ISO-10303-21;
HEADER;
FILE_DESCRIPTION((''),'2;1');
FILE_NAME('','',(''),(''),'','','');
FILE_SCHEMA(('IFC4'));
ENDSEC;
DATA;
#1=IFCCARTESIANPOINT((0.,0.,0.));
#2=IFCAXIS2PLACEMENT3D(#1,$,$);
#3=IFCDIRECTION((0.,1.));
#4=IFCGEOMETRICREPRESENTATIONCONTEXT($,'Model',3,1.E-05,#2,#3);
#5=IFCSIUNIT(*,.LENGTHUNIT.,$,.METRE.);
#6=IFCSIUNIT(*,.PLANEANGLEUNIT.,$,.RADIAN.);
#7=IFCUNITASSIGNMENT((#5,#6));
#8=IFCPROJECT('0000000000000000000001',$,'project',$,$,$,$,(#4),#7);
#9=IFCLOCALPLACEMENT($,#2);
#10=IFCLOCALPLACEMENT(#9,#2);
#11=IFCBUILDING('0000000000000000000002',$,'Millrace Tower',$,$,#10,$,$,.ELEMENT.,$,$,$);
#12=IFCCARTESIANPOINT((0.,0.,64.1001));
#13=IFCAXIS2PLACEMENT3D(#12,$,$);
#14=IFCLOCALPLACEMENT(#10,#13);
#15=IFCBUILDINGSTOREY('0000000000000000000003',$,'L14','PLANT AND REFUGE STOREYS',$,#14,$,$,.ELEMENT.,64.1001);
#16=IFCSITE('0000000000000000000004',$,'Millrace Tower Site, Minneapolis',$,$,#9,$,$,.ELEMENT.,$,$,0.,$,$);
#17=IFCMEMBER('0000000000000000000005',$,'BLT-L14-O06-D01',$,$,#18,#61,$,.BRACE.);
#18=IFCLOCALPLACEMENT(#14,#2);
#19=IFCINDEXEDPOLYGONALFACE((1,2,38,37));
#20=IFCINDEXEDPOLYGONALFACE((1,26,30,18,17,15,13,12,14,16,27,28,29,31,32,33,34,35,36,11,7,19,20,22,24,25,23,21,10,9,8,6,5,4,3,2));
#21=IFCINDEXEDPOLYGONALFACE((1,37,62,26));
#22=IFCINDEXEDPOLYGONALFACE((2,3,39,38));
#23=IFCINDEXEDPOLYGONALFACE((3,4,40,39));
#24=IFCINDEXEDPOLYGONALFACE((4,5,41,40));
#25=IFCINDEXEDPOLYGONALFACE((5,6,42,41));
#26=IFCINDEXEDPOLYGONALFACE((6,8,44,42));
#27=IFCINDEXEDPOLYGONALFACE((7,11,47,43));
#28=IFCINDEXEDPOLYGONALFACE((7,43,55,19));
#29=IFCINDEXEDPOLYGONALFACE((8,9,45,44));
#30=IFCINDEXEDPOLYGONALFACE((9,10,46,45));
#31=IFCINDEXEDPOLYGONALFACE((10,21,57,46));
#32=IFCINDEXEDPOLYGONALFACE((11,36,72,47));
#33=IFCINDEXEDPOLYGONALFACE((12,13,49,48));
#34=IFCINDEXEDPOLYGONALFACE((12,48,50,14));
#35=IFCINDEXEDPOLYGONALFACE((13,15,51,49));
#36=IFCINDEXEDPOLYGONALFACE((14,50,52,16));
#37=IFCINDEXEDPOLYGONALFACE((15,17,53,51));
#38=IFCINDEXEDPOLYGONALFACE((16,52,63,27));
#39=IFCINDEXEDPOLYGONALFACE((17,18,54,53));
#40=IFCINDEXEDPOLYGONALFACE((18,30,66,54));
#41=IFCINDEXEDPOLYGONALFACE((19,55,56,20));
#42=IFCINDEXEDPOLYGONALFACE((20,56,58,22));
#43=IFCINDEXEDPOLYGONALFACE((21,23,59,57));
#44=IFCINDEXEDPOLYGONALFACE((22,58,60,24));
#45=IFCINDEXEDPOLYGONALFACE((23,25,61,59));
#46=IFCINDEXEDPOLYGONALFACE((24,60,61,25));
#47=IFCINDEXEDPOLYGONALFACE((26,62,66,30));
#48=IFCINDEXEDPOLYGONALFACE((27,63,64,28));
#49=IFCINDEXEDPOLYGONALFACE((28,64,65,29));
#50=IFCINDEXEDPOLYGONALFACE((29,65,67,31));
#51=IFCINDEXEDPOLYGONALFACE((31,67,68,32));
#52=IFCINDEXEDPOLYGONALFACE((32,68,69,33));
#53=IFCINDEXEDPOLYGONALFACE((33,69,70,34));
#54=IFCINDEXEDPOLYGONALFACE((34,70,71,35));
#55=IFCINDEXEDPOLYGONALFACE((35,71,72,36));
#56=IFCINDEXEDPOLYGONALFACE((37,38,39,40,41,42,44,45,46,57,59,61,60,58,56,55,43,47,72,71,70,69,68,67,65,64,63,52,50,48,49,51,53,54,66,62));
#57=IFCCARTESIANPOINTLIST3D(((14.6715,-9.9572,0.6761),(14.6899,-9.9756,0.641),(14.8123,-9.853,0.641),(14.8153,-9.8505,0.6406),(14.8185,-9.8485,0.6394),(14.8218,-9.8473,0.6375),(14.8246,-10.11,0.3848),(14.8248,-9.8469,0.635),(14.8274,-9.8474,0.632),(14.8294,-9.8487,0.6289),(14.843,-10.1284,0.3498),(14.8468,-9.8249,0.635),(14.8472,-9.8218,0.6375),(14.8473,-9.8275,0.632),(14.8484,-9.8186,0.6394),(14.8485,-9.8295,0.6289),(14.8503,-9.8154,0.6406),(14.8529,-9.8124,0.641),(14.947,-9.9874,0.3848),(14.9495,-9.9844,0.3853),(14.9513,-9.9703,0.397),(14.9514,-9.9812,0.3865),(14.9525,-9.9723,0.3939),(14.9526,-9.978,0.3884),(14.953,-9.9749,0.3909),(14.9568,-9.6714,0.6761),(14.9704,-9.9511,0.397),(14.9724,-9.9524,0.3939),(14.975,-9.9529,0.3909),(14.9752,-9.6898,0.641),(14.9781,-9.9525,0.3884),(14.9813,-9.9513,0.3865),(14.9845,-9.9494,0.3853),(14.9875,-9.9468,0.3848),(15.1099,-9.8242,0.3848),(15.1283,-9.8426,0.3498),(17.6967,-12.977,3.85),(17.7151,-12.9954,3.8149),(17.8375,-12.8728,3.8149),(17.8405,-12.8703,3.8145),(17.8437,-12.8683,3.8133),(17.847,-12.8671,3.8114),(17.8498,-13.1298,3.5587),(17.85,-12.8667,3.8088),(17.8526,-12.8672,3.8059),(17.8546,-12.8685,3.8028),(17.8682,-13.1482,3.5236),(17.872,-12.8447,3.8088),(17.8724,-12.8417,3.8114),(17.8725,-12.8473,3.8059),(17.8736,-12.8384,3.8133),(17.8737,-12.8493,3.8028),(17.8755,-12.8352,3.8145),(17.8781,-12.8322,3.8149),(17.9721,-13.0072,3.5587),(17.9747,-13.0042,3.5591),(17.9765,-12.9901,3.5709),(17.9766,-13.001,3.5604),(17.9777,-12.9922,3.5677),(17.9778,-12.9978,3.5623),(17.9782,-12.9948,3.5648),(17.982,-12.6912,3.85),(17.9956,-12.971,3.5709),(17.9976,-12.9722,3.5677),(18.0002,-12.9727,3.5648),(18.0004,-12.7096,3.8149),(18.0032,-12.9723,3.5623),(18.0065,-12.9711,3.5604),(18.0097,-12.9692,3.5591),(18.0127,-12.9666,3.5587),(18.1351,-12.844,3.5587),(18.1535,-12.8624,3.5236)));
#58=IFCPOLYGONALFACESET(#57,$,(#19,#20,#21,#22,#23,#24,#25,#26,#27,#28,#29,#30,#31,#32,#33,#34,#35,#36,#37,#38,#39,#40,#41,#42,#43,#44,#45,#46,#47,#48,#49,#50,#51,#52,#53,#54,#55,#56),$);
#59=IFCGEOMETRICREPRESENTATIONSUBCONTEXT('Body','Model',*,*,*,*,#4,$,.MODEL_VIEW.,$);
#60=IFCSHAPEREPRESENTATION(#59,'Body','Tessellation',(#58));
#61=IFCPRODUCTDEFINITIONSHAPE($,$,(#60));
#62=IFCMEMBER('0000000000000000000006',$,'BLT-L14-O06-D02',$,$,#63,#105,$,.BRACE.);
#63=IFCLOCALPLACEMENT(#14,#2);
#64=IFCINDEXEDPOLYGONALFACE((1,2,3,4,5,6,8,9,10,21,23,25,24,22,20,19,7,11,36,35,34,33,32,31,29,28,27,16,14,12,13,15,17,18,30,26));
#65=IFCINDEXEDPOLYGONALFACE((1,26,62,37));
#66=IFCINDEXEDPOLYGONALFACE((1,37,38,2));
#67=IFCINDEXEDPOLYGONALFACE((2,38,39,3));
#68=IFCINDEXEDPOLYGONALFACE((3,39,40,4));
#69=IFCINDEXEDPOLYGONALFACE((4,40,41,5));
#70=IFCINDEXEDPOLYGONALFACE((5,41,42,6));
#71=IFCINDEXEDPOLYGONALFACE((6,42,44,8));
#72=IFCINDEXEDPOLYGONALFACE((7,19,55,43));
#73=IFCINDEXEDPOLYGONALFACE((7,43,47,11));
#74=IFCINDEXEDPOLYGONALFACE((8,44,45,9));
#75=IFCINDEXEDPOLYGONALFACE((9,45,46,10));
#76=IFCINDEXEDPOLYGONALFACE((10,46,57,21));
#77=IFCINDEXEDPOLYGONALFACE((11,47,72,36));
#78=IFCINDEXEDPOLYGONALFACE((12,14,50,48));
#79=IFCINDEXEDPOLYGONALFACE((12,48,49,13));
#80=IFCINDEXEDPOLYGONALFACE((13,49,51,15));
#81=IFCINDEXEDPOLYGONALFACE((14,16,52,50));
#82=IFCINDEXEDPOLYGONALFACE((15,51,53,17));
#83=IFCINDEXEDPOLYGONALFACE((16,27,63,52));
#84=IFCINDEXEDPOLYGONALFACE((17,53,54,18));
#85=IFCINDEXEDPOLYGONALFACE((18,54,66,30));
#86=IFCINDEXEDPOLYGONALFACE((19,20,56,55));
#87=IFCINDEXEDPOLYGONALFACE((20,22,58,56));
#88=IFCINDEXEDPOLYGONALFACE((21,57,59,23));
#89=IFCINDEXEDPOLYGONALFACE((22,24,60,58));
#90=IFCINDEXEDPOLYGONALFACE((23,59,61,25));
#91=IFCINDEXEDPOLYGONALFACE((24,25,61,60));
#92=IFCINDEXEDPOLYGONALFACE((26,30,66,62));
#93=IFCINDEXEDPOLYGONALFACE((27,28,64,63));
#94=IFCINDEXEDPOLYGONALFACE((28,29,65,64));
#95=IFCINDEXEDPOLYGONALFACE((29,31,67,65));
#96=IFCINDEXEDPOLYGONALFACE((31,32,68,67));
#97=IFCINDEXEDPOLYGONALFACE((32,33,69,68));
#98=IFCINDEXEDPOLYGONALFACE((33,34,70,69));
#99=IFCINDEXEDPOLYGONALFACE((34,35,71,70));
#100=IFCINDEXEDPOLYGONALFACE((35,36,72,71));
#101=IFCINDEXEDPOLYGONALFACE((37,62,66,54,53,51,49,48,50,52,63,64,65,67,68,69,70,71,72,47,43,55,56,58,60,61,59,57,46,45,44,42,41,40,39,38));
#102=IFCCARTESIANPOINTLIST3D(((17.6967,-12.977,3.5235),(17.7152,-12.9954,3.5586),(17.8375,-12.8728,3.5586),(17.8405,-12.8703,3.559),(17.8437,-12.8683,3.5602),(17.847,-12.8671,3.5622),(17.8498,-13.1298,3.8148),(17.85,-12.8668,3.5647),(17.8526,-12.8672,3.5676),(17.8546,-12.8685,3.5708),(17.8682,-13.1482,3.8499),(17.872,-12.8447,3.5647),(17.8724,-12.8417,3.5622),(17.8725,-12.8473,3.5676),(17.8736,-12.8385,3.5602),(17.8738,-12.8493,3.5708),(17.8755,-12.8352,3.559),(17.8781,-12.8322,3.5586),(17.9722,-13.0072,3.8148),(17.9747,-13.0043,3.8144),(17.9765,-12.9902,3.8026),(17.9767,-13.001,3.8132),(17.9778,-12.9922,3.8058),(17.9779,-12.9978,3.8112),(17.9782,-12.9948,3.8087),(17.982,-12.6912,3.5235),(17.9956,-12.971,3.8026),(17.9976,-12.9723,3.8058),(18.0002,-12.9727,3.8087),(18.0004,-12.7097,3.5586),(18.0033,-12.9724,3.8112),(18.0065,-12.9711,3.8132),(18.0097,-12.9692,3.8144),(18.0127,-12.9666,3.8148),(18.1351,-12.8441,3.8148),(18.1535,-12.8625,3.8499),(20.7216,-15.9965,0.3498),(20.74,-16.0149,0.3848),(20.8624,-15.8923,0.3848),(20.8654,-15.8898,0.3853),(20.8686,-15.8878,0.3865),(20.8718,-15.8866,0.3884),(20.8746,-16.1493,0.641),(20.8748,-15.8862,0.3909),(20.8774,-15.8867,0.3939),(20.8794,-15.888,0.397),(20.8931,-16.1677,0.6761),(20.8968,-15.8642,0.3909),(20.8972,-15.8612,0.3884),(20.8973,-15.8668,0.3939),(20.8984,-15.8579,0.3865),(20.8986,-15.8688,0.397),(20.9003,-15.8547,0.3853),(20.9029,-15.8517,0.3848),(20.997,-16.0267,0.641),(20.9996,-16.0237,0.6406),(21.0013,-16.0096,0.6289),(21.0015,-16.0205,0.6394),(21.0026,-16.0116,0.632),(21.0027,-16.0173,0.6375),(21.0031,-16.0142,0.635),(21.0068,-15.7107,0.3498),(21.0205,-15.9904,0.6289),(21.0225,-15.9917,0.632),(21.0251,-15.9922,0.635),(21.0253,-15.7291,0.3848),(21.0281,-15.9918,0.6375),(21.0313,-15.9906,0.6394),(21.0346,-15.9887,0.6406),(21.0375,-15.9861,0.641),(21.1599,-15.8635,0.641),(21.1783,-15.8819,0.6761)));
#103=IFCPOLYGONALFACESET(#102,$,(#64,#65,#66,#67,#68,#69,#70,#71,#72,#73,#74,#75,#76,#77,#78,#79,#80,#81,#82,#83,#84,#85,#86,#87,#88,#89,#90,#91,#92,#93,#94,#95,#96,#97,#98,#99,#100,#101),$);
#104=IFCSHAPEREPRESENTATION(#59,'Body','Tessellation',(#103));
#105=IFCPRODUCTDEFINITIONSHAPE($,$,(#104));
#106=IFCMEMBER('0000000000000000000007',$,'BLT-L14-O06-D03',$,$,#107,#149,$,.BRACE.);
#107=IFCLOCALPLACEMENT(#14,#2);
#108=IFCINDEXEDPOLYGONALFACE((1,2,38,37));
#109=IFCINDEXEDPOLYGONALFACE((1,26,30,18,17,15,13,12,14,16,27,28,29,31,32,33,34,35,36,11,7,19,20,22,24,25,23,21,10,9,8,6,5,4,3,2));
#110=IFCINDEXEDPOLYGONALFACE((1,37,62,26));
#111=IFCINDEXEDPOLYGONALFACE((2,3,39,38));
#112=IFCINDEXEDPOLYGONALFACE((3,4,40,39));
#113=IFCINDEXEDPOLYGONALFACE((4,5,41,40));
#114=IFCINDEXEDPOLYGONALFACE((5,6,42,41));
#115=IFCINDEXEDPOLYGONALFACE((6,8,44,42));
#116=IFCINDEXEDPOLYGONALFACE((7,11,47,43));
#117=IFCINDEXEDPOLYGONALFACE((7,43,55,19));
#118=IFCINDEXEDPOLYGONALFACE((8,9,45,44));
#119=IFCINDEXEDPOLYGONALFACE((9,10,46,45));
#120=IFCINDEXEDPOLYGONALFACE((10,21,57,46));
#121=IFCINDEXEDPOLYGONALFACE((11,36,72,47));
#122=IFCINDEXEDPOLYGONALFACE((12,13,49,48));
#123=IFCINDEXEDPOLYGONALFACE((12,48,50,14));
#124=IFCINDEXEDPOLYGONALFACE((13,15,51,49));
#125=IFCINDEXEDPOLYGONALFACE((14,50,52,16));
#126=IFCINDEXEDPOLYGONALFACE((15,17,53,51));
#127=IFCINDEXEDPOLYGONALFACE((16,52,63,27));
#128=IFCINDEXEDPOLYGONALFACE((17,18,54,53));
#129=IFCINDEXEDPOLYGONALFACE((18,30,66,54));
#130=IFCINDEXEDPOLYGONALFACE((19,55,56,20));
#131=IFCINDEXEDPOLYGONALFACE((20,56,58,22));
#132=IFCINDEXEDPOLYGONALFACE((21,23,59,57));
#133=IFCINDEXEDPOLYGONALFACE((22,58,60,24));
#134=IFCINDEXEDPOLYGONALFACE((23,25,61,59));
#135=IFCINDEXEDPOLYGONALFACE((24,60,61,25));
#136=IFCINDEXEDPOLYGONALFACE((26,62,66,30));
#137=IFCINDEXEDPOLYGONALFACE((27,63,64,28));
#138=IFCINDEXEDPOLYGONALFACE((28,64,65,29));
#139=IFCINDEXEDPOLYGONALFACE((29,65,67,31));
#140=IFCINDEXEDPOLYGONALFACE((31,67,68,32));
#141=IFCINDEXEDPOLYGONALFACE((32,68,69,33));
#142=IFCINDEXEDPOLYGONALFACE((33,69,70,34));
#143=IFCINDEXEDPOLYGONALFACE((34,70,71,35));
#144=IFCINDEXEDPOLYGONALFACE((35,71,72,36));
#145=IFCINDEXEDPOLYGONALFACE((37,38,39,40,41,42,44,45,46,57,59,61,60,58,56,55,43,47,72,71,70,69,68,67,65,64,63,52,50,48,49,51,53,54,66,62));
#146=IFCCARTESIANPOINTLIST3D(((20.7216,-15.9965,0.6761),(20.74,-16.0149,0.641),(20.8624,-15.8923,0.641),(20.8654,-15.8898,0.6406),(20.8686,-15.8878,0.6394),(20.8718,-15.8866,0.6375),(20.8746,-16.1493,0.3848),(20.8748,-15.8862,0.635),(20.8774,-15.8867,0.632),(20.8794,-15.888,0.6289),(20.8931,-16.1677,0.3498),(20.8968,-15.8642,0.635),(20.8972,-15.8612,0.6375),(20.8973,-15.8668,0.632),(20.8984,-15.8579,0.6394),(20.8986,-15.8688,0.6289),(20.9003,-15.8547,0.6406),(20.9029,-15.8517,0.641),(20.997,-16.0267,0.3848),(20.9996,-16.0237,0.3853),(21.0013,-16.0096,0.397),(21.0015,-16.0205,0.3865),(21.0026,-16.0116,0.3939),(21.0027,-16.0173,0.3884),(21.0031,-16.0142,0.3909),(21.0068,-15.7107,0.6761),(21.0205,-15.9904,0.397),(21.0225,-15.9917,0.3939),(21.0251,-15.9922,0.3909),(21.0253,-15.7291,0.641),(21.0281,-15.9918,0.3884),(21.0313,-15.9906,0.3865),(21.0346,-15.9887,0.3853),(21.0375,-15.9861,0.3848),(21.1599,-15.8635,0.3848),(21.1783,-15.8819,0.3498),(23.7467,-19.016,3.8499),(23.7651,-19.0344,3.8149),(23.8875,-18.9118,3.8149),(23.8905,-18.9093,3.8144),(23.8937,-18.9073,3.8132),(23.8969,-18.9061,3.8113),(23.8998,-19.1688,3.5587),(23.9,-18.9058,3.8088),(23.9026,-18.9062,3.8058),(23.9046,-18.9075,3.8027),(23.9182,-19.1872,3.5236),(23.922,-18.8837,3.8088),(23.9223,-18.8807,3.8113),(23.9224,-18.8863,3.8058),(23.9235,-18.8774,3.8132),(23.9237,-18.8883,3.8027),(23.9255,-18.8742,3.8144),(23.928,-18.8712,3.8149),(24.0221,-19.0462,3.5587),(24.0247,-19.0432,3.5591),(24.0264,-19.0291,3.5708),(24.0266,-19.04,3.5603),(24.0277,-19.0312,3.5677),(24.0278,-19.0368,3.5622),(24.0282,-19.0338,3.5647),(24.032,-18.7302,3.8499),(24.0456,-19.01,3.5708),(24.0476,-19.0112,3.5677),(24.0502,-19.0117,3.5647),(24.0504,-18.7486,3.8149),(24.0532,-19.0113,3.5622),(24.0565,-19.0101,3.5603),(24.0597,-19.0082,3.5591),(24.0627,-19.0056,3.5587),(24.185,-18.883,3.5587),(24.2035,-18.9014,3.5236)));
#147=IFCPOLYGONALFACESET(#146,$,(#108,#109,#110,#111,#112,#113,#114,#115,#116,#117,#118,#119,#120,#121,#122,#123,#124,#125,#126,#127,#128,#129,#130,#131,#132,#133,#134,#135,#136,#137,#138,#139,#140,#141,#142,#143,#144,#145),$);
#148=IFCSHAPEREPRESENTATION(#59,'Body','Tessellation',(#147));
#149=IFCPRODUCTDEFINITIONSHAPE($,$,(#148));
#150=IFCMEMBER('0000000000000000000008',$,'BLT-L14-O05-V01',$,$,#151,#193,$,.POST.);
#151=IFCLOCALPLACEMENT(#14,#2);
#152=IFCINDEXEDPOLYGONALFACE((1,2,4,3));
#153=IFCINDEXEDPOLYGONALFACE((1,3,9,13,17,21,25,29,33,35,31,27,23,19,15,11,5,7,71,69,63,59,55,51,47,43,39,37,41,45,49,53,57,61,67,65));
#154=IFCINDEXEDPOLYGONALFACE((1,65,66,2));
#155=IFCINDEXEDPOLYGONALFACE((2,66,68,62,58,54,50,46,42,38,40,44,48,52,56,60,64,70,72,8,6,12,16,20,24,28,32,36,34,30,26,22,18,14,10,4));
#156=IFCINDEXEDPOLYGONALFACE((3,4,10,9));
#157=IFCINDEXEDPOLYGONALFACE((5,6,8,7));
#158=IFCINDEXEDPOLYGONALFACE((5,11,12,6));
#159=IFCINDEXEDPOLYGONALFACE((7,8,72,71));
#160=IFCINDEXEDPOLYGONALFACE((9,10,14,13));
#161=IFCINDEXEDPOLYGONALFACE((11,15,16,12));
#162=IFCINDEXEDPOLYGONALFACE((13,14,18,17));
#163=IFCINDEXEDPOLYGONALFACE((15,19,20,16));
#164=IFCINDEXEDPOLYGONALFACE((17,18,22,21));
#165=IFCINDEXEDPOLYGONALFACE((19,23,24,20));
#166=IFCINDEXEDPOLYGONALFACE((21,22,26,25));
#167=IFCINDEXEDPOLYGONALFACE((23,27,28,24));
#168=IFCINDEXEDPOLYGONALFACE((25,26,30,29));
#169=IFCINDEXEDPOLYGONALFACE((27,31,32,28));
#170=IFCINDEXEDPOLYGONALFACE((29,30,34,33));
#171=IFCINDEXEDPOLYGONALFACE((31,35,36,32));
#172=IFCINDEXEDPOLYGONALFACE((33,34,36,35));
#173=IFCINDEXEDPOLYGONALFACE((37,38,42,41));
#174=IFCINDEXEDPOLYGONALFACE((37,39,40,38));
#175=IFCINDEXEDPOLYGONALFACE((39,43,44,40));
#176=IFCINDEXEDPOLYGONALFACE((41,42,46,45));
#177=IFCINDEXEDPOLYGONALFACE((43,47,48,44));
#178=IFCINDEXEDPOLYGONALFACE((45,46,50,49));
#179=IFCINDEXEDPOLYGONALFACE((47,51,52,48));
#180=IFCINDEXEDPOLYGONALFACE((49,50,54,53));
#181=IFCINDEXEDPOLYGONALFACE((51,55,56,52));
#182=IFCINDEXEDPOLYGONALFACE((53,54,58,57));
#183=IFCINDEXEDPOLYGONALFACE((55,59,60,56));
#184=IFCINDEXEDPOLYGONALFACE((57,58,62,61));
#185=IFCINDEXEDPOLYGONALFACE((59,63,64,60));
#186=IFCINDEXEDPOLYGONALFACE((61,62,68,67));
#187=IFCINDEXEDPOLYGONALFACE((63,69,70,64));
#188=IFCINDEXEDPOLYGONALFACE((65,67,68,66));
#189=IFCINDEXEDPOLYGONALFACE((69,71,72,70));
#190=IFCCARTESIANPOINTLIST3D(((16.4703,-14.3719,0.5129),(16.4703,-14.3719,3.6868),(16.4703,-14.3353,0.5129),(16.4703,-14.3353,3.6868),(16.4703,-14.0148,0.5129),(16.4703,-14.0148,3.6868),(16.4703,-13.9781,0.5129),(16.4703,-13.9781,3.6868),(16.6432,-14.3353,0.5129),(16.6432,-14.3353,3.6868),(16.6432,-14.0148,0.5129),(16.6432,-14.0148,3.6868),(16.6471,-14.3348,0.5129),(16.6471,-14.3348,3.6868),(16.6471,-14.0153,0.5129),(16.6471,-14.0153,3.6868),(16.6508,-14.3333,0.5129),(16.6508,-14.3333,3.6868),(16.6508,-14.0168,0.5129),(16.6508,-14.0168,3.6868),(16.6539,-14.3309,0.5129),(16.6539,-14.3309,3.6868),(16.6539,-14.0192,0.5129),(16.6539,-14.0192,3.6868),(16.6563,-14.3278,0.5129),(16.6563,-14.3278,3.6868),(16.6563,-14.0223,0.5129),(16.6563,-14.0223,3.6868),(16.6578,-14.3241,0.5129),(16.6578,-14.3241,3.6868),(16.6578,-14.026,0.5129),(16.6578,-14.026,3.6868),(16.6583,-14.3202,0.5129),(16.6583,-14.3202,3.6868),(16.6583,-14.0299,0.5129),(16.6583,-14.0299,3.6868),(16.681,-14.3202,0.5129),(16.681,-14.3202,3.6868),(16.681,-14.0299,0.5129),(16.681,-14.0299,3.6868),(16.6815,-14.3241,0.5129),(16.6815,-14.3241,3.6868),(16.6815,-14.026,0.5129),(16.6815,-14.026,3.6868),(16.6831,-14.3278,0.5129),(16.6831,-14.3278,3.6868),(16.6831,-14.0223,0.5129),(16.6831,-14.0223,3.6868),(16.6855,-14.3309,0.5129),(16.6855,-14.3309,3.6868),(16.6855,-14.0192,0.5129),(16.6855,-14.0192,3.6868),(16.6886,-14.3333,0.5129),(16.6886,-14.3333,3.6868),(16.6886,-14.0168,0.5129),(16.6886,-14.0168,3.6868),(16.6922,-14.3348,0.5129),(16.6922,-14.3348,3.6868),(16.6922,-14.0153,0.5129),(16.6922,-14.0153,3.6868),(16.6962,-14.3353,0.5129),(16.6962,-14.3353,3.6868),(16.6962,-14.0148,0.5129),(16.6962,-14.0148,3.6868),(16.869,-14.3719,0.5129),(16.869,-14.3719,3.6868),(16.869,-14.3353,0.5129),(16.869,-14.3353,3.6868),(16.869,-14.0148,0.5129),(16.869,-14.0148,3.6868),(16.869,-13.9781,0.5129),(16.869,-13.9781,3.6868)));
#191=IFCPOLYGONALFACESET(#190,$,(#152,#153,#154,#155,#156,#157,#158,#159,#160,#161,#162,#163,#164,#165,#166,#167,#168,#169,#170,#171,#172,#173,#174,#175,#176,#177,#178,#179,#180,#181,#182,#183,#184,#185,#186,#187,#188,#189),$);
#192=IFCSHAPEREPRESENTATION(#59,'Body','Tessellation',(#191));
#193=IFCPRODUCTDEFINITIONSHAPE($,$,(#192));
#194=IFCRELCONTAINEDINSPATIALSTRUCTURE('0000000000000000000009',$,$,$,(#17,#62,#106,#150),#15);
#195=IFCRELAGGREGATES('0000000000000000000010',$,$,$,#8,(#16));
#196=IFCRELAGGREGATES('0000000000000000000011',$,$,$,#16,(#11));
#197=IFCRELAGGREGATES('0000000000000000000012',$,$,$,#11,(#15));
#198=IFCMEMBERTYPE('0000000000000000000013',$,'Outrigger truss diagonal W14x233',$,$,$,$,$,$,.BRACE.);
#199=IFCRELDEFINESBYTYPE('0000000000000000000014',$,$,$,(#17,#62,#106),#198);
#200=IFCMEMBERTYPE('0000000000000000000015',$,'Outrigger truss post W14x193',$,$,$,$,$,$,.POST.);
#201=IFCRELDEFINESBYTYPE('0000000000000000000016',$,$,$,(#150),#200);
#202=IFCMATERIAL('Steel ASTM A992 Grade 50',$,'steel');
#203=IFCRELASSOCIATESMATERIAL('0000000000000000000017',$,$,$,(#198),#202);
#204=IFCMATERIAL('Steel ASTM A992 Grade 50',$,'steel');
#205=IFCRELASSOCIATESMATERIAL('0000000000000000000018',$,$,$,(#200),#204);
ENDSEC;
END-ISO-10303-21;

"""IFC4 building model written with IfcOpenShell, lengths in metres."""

from ifc_helpers import new_model, si_unit, direction, frame, origin, origin_2d, place, context, subcontext, project, spatial, i_section, extrude, material, material_profile, profile_set, type_object, element, save


model = new_model("IFC4")

# Units and contexts
model_context = context("Model", 3, precision=1e-05, world=origin(), true_north=direction((0.0, 1.0)))
body_context = subcontext(model_context, "Body", "Model", "MODEL_VIEW")
ifc_project = project(units=[si_unit("LENGTHUNIT", "METRE"), si_unit("PLANEANGLEUNIT", "RADIAN")], contexts=[model_context])

# Site, building, storey
site_placement = place(None, origin())
site = spatial("IfcSite", under=ifc_project, at=site_placement, Name="Millrace Tower Site, Minneapolis", CompositionType="ELEMENT", RefElevation=0.0)
building_placement = place(site_placement, origin())
building = spatial("IfcBuilding", under=site, at=building_placement, Name="Millrace Tower", CompositionType="ELEMENT")
storey_placement = place(building_placement, frame((0.0, 0.0, 64.1001)))
storey = spatial("IfcBuildingStorey", under=building, at=storey_placement, Name="L14", Description="PLANT AND REFUGE STOREYS", CompositionType="ELEMENT", Elevation=64.1001)

# Members
ifc_material_1 = material(Name="Steel ASTM A992 Grade 50", Category="steel")
ifc_material_profile_1 = material_profile(ifc_material_1, i_section(OverallWidth=0.4038, OverallDepth=0.4065, WebThickness=0.0271, FlangeThickness=0.0437, FilletRadius=0.0151, at=origin_2d()))
ifc_profile_set_1 = profile_set([ifc_material_profile_1], Name="Steel ASTM A992 Grade 50")
member_type_1 = type_object("IfcMemberType", Name="Outrigger truss diagonal W14x233", PredefinedType="BRACE", material=ifc_profile_set_1)
member_1_placement = place(storey_placement, frame((14.8999, -9.8999, 0.5129), z_axis=(0.568222, -0.567213, 0.596149), x_axis=(0.706478, 0.707735, 0.0)))
element("IfcMember", 1, at=member_1_placement, inside=storey, type_object=member_type_1, Name="BLT-L14-O06-D01", PredefinedType="BRACE", context=body_context, shape_type="SweptSolid", body=[
    extrude(i_section(OverallWidth=0.4038, OverallDepth=0.4065, WebThickness=0.0271, FlangeThickness=0.0437, FilletRadius=0.0151, at=origin_2d()), origin(), (0.0, 0.0, 1.0), 5.324),
])
member_2_placement = place(storey_placement, frame((20.95, -15.9392, 0.5129), z_axis=(-0.568205, 0.567197, 0.59618), x_axis=(-0.706478, -0.707735, 0.0)))
element("IfcMember", 2, at=member_2_placement, inside=storey, type_object=member_type_1, Name="BLT-L14-O06-D02", PredefinedType="BRACE", context=body_context, shape_type="SweptSolid", body=[
    extrude(i_section(OverallWidth=0.4038, OverallDepth=0.4065, WebThickness=0.0271, FlangeThickness=0.0437, FilletRadius=0.0151, at=origin_2d()), origin(), (0.0, 0.0, 1.0), 5.3235),
])
member_3_placement = place(storey_placement, frame((20.95, -15.9392, 0.5129), z_axis=(0.568237, -0.567182, 0.596165), x_axis=(0.70645, 0.707763, 0.0)))
element("IfcMember", 3, at=member_3_placement, inside=storey, type_object=member_type_1, Name="BLT-L14-O06-D03", PredefinedType="BRACE", context=body_context, shape_type="SweptSolid", body=[
    extrude(i_section(OverallWidth=0.4038, OverallDepth=0.4065, WebThickness=0.0271, FlangeThickness=0.0437, FilletRadius=0.0151, at=origin_2d()), origin(), (0.0, 0.0, 1.0), 5.3237),
])
ifc_material_2 = material(Name="Steel ASTM A992 Grade 50", Category="steel")
ifc_material_profile_2 = material_profile(ifc_material_2, i_section(OverallWidth=0.3987, OverallDepth=0.3938, WebThickness=0.0227, FlangeThickness=0.0366, FilletRadius=0.0151, at=origin_2d()))
ifc_profile_set_2 = profile_set([ifc_material_profile_2], Name="Steel ASTM A992 Grade 50")
member_type_2 = type_object("IfcMemberType", Name="Outrigger truss post W14x193", PredefinedType="POST", material=ifc_profile_set_2)
for number, where, z_axis, x_axis, name in (
    (4, (16.6697, -14.175, 0.5129), (0.0, 0.0, 1.0), (1.0, 0.0, 0.0), "BLT-L14-O05-V01"),
):
    element("IfcMember", number, at=place(storey_placement, frame(where, z_axis=z_axis, x_axis=x_axis)), inside=storey, type_object=member_type_2, Name=name, PredefinedType="POST", context=body_context, shape_type="SweptSolid", body=[
        extrude(i_section(OverallWidth=0.3987, OverallDepth=0.3938, WebThickness=0.0227, FlangeThickness=0.0366, FilletRadius=0.0151, at=origin_2d()), origin(), (0.0, 0.0, 1.0), 3.1738),
    ])

save(model, "model.ifc")
